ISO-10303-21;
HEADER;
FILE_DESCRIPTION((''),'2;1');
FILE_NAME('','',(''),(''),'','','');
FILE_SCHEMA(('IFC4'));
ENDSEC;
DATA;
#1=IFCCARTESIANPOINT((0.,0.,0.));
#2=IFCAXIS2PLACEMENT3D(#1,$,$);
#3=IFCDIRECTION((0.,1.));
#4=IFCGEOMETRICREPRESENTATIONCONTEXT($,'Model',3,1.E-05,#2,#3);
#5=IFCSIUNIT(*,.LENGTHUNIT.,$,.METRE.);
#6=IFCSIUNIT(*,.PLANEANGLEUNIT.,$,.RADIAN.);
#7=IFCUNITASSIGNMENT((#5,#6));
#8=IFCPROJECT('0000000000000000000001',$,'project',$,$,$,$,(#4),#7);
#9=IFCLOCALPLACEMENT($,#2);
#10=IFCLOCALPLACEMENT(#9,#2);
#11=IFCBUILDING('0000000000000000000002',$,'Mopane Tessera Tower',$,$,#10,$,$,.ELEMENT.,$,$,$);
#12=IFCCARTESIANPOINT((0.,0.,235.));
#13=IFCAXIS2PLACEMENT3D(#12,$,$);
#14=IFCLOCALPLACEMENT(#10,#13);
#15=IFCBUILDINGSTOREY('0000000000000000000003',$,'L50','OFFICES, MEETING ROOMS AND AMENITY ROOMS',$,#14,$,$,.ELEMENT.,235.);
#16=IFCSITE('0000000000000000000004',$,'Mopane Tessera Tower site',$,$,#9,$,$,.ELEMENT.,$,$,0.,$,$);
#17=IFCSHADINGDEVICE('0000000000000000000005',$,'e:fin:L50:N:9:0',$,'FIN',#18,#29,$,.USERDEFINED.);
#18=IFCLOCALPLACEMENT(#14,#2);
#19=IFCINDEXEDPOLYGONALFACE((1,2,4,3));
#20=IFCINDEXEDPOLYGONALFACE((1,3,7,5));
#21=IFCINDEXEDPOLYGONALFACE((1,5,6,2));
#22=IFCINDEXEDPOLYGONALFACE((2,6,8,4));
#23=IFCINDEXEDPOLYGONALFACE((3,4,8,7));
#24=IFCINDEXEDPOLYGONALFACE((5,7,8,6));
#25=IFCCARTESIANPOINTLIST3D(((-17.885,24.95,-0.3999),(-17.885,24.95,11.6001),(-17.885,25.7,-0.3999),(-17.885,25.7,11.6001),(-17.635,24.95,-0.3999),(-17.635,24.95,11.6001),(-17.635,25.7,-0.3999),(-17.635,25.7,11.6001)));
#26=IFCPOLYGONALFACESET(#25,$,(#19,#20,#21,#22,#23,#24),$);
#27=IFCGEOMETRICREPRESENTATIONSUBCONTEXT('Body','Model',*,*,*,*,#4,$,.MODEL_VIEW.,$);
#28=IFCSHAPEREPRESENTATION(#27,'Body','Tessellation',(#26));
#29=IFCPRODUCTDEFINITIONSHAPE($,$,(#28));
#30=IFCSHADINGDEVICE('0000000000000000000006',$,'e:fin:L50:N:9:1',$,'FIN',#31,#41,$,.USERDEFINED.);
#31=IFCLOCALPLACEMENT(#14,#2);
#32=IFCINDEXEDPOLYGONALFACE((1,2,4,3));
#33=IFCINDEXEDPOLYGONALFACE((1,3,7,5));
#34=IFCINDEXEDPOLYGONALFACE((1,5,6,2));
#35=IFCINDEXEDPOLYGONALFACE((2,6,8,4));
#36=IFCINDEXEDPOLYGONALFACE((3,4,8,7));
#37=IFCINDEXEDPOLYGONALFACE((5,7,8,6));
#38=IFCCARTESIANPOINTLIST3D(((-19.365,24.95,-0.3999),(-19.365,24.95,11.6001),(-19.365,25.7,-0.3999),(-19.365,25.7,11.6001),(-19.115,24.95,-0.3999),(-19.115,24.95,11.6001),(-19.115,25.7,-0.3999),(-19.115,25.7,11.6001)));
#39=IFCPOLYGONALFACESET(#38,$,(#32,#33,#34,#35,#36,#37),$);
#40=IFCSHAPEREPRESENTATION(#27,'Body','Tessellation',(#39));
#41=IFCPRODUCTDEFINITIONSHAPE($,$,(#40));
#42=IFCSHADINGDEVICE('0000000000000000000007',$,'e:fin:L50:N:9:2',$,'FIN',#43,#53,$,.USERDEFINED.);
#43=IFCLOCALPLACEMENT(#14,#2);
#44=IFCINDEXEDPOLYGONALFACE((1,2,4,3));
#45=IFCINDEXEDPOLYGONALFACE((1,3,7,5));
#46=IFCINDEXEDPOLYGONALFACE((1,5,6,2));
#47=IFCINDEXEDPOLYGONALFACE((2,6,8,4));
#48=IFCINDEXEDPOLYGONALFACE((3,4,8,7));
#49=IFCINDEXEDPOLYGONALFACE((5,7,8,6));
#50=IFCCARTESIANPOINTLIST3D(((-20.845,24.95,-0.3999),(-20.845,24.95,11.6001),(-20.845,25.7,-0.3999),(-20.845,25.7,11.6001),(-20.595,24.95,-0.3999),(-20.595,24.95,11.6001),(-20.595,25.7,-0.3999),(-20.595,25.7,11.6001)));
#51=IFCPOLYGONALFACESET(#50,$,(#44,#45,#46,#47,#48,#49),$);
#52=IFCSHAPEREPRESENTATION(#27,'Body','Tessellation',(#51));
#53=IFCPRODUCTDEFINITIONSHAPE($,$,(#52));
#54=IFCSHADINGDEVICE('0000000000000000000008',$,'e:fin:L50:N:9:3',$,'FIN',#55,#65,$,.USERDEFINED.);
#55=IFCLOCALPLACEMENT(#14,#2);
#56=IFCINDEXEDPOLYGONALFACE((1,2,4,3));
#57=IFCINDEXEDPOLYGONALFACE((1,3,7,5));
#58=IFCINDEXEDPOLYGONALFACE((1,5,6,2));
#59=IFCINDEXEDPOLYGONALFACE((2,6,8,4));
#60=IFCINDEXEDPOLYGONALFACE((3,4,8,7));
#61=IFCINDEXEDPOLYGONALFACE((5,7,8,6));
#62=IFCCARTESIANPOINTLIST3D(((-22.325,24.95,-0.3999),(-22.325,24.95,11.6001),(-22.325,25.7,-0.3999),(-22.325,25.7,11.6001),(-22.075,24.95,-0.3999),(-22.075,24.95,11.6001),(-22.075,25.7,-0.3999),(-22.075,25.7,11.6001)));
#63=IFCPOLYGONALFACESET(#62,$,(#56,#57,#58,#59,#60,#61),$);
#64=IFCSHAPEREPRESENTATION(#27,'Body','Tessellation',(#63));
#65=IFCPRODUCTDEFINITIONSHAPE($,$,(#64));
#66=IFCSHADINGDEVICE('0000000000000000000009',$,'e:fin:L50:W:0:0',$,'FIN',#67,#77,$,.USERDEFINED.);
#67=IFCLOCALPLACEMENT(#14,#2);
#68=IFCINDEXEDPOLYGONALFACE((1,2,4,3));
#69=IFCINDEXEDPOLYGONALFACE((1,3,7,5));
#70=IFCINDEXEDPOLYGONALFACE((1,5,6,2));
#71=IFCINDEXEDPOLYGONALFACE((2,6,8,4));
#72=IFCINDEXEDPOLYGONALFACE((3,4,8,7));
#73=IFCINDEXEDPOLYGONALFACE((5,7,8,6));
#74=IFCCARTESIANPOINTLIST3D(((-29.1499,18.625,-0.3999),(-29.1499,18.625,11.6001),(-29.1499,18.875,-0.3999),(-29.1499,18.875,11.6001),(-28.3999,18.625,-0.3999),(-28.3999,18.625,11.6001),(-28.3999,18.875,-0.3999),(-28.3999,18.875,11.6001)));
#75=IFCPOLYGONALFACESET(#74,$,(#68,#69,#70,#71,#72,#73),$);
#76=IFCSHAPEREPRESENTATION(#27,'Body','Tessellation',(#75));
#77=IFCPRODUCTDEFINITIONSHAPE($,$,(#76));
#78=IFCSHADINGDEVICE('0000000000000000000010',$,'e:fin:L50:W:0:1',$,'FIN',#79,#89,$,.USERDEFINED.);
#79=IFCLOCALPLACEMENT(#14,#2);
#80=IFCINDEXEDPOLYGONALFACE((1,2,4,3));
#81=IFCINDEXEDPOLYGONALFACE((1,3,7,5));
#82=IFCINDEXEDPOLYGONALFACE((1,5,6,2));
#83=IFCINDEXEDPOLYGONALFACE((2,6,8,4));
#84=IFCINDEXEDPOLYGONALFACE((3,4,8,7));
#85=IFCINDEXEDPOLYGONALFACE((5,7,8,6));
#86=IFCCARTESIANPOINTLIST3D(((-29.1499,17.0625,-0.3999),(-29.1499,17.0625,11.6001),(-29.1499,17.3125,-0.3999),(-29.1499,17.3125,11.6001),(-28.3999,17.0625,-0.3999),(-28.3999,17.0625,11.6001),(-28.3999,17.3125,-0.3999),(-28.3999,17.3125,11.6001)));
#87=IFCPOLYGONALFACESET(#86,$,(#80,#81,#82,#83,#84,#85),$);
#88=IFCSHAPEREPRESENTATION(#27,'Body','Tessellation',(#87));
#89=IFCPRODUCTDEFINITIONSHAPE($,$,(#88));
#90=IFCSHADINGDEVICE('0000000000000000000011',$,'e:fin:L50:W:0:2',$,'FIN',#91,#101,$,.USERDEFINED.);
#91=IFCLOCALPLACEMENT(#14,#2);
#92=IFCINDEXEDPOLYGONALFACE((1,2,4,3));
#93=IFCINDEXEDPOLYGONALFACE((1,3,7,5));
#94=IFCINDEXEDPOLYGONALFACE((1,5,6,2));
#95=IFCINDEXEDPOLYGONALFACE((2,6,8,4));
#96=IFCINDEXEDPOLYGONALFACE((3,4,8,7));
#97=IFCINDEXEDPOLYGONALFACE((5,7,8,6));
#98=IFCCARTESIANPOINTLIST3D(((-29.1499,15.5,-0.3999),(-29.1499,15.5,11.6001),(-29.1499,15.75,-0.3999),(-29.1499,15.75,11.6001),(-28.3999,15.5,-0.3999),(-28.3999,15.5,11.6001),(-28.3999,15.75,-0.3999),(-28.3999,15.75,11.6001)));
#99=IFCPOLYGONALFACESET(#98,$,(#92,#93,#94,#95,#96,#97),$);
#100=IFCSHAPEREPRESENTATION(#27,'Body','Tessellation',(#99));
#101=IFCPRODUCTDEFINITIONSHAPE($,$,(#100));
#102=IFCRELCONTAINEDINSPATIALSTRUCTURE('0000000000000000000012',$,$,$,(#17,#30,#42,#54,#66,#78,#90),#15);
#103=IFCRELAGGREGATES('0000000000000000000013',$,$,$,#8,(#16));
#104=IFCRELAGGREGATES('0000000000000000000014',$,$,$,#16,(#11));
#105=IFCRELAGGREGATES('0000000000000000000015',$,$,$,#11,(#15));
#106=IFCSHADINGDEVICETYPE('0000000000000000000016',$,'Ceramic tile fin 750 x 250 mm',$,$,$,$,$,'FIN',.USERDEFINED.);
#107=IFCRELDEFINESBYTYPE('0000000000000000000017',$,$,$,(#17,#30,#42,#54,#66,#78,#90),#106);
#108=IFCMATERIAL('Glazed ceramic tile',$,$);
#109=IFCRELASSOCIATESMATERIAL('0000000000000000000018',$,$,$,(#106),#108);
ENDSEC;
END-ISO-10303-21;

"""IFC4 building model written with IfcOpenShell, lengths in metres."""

from ifc_helpers import new_model, si_unit, direction, frame, origin, origin_2d, place, context, subcontext, project, spatial, rectangle, extrude, material, type_object, element, save


model = new_model("IFC4")

# Units and contexts
model_context = context("Model", 3, precision=1e-05, world=origin(), true_north=direction((0.0, 1.0)))
body_context = subcontext(model_context, "Body", "Model", "MODEL_VIEW")
ifc_project = project(units=[si_unit("LENGTHUNIT", "METRE"), si_unit("PLANEANGLEUNIT", "RADIAN")], contexts=[model_context])

# Site, building, storey
site_placement = place(None, origin())
site = spatial("IfcSite", under=ifc_project, at=site_placement, Name="Mopane Tessera Tower site", CompositionType="ELEMENT", RefElevation=0.0)
building_placement = place(site_placement, origin())
building = spatial("IfcBuilding", under=site, at=building_placement, Name="Mopane Tessera Tower", CompositionType="ELEMENT")
storey_placement = place(building_placement, frame((0.0, 0.0, 235.0)))
storey = spatial("IfcBuildingStorey", under=building, at=storey_placement, Name="L50", Description="OFFICES, MEETING ROOMS AND AMENITY ROOMS", CompositionType="ELEMENT", Elevation=235.0)

# Shading devices
ifc_material_1 = material(Name="Glazed ceramic tile")
shading_device_type = type_object("IfcShadingDeviceType", Name="Ceramic tile fin 750 x 250 mm", ElementType="FIN", PredefinedType="USERDEFINED", material=ifc_material_1)
for number, where, z_axis, x_axis, name in (
    (1, (-17.76, 25.325, -0.3999), (0.0, 0.0, 1.0), (-1.0, 0.0, 0.0), "e:fin:L50:N:9:0"),
    (2, (-19.24, 25.325, -0.3999), (0.0, 0.0, 1.0), (-1.0, 0.0, 0.0), "e:fin:L50:N:9:1"),
    (3, (-20.72, 25.325, -0.3999), (0.0, 0.0, 1.0), (-1.0, 0.0, 0.0), "e:fin:L50:N:9:2"),
    (4, (-22.2, 25.325, -0.3999), (0.0, 0.0, 1.0), (-1.0, 0.0, 0.0), "e:fin:L50:N:9:3"),
    (5, (-28.7749, 18.75, -0.3999), (0.0, 0.0, 1.0), (0.0, -1.0, 0.0), "e:fin:L50:W:0:0"),
    (6, (-28.7749, 17.1875, -0.3999), (0.0, 0.0, 1.0), (0.0, -1.0, 0.0), "e:fin:L50:W:0:1"),
    (7, (-28.7749, 15.625, -0.3999), (0.0, 0.0, 1.0), (0.0, -1.0, 0.0), "e:fin:L50:W:0:2"),
):
    element("IfcShadingDevice", number, at=place(storey_placement, frame(where, z_axis=z_axis, x_axis=x_axis)), inside=storey, type_object=shading_device_type, Name=name, ObjectType="FIN", PredefinedType="USERDEFINED", context=body_context, shape_type="SweptSolid", body=[
        extrude(rectangle(XDim=0.25, YDim=0.75, at=origin_2d()), origin(), (0.0, 0.0, 1.0), 12.0),
    ])

save(model, "model.ifc")
